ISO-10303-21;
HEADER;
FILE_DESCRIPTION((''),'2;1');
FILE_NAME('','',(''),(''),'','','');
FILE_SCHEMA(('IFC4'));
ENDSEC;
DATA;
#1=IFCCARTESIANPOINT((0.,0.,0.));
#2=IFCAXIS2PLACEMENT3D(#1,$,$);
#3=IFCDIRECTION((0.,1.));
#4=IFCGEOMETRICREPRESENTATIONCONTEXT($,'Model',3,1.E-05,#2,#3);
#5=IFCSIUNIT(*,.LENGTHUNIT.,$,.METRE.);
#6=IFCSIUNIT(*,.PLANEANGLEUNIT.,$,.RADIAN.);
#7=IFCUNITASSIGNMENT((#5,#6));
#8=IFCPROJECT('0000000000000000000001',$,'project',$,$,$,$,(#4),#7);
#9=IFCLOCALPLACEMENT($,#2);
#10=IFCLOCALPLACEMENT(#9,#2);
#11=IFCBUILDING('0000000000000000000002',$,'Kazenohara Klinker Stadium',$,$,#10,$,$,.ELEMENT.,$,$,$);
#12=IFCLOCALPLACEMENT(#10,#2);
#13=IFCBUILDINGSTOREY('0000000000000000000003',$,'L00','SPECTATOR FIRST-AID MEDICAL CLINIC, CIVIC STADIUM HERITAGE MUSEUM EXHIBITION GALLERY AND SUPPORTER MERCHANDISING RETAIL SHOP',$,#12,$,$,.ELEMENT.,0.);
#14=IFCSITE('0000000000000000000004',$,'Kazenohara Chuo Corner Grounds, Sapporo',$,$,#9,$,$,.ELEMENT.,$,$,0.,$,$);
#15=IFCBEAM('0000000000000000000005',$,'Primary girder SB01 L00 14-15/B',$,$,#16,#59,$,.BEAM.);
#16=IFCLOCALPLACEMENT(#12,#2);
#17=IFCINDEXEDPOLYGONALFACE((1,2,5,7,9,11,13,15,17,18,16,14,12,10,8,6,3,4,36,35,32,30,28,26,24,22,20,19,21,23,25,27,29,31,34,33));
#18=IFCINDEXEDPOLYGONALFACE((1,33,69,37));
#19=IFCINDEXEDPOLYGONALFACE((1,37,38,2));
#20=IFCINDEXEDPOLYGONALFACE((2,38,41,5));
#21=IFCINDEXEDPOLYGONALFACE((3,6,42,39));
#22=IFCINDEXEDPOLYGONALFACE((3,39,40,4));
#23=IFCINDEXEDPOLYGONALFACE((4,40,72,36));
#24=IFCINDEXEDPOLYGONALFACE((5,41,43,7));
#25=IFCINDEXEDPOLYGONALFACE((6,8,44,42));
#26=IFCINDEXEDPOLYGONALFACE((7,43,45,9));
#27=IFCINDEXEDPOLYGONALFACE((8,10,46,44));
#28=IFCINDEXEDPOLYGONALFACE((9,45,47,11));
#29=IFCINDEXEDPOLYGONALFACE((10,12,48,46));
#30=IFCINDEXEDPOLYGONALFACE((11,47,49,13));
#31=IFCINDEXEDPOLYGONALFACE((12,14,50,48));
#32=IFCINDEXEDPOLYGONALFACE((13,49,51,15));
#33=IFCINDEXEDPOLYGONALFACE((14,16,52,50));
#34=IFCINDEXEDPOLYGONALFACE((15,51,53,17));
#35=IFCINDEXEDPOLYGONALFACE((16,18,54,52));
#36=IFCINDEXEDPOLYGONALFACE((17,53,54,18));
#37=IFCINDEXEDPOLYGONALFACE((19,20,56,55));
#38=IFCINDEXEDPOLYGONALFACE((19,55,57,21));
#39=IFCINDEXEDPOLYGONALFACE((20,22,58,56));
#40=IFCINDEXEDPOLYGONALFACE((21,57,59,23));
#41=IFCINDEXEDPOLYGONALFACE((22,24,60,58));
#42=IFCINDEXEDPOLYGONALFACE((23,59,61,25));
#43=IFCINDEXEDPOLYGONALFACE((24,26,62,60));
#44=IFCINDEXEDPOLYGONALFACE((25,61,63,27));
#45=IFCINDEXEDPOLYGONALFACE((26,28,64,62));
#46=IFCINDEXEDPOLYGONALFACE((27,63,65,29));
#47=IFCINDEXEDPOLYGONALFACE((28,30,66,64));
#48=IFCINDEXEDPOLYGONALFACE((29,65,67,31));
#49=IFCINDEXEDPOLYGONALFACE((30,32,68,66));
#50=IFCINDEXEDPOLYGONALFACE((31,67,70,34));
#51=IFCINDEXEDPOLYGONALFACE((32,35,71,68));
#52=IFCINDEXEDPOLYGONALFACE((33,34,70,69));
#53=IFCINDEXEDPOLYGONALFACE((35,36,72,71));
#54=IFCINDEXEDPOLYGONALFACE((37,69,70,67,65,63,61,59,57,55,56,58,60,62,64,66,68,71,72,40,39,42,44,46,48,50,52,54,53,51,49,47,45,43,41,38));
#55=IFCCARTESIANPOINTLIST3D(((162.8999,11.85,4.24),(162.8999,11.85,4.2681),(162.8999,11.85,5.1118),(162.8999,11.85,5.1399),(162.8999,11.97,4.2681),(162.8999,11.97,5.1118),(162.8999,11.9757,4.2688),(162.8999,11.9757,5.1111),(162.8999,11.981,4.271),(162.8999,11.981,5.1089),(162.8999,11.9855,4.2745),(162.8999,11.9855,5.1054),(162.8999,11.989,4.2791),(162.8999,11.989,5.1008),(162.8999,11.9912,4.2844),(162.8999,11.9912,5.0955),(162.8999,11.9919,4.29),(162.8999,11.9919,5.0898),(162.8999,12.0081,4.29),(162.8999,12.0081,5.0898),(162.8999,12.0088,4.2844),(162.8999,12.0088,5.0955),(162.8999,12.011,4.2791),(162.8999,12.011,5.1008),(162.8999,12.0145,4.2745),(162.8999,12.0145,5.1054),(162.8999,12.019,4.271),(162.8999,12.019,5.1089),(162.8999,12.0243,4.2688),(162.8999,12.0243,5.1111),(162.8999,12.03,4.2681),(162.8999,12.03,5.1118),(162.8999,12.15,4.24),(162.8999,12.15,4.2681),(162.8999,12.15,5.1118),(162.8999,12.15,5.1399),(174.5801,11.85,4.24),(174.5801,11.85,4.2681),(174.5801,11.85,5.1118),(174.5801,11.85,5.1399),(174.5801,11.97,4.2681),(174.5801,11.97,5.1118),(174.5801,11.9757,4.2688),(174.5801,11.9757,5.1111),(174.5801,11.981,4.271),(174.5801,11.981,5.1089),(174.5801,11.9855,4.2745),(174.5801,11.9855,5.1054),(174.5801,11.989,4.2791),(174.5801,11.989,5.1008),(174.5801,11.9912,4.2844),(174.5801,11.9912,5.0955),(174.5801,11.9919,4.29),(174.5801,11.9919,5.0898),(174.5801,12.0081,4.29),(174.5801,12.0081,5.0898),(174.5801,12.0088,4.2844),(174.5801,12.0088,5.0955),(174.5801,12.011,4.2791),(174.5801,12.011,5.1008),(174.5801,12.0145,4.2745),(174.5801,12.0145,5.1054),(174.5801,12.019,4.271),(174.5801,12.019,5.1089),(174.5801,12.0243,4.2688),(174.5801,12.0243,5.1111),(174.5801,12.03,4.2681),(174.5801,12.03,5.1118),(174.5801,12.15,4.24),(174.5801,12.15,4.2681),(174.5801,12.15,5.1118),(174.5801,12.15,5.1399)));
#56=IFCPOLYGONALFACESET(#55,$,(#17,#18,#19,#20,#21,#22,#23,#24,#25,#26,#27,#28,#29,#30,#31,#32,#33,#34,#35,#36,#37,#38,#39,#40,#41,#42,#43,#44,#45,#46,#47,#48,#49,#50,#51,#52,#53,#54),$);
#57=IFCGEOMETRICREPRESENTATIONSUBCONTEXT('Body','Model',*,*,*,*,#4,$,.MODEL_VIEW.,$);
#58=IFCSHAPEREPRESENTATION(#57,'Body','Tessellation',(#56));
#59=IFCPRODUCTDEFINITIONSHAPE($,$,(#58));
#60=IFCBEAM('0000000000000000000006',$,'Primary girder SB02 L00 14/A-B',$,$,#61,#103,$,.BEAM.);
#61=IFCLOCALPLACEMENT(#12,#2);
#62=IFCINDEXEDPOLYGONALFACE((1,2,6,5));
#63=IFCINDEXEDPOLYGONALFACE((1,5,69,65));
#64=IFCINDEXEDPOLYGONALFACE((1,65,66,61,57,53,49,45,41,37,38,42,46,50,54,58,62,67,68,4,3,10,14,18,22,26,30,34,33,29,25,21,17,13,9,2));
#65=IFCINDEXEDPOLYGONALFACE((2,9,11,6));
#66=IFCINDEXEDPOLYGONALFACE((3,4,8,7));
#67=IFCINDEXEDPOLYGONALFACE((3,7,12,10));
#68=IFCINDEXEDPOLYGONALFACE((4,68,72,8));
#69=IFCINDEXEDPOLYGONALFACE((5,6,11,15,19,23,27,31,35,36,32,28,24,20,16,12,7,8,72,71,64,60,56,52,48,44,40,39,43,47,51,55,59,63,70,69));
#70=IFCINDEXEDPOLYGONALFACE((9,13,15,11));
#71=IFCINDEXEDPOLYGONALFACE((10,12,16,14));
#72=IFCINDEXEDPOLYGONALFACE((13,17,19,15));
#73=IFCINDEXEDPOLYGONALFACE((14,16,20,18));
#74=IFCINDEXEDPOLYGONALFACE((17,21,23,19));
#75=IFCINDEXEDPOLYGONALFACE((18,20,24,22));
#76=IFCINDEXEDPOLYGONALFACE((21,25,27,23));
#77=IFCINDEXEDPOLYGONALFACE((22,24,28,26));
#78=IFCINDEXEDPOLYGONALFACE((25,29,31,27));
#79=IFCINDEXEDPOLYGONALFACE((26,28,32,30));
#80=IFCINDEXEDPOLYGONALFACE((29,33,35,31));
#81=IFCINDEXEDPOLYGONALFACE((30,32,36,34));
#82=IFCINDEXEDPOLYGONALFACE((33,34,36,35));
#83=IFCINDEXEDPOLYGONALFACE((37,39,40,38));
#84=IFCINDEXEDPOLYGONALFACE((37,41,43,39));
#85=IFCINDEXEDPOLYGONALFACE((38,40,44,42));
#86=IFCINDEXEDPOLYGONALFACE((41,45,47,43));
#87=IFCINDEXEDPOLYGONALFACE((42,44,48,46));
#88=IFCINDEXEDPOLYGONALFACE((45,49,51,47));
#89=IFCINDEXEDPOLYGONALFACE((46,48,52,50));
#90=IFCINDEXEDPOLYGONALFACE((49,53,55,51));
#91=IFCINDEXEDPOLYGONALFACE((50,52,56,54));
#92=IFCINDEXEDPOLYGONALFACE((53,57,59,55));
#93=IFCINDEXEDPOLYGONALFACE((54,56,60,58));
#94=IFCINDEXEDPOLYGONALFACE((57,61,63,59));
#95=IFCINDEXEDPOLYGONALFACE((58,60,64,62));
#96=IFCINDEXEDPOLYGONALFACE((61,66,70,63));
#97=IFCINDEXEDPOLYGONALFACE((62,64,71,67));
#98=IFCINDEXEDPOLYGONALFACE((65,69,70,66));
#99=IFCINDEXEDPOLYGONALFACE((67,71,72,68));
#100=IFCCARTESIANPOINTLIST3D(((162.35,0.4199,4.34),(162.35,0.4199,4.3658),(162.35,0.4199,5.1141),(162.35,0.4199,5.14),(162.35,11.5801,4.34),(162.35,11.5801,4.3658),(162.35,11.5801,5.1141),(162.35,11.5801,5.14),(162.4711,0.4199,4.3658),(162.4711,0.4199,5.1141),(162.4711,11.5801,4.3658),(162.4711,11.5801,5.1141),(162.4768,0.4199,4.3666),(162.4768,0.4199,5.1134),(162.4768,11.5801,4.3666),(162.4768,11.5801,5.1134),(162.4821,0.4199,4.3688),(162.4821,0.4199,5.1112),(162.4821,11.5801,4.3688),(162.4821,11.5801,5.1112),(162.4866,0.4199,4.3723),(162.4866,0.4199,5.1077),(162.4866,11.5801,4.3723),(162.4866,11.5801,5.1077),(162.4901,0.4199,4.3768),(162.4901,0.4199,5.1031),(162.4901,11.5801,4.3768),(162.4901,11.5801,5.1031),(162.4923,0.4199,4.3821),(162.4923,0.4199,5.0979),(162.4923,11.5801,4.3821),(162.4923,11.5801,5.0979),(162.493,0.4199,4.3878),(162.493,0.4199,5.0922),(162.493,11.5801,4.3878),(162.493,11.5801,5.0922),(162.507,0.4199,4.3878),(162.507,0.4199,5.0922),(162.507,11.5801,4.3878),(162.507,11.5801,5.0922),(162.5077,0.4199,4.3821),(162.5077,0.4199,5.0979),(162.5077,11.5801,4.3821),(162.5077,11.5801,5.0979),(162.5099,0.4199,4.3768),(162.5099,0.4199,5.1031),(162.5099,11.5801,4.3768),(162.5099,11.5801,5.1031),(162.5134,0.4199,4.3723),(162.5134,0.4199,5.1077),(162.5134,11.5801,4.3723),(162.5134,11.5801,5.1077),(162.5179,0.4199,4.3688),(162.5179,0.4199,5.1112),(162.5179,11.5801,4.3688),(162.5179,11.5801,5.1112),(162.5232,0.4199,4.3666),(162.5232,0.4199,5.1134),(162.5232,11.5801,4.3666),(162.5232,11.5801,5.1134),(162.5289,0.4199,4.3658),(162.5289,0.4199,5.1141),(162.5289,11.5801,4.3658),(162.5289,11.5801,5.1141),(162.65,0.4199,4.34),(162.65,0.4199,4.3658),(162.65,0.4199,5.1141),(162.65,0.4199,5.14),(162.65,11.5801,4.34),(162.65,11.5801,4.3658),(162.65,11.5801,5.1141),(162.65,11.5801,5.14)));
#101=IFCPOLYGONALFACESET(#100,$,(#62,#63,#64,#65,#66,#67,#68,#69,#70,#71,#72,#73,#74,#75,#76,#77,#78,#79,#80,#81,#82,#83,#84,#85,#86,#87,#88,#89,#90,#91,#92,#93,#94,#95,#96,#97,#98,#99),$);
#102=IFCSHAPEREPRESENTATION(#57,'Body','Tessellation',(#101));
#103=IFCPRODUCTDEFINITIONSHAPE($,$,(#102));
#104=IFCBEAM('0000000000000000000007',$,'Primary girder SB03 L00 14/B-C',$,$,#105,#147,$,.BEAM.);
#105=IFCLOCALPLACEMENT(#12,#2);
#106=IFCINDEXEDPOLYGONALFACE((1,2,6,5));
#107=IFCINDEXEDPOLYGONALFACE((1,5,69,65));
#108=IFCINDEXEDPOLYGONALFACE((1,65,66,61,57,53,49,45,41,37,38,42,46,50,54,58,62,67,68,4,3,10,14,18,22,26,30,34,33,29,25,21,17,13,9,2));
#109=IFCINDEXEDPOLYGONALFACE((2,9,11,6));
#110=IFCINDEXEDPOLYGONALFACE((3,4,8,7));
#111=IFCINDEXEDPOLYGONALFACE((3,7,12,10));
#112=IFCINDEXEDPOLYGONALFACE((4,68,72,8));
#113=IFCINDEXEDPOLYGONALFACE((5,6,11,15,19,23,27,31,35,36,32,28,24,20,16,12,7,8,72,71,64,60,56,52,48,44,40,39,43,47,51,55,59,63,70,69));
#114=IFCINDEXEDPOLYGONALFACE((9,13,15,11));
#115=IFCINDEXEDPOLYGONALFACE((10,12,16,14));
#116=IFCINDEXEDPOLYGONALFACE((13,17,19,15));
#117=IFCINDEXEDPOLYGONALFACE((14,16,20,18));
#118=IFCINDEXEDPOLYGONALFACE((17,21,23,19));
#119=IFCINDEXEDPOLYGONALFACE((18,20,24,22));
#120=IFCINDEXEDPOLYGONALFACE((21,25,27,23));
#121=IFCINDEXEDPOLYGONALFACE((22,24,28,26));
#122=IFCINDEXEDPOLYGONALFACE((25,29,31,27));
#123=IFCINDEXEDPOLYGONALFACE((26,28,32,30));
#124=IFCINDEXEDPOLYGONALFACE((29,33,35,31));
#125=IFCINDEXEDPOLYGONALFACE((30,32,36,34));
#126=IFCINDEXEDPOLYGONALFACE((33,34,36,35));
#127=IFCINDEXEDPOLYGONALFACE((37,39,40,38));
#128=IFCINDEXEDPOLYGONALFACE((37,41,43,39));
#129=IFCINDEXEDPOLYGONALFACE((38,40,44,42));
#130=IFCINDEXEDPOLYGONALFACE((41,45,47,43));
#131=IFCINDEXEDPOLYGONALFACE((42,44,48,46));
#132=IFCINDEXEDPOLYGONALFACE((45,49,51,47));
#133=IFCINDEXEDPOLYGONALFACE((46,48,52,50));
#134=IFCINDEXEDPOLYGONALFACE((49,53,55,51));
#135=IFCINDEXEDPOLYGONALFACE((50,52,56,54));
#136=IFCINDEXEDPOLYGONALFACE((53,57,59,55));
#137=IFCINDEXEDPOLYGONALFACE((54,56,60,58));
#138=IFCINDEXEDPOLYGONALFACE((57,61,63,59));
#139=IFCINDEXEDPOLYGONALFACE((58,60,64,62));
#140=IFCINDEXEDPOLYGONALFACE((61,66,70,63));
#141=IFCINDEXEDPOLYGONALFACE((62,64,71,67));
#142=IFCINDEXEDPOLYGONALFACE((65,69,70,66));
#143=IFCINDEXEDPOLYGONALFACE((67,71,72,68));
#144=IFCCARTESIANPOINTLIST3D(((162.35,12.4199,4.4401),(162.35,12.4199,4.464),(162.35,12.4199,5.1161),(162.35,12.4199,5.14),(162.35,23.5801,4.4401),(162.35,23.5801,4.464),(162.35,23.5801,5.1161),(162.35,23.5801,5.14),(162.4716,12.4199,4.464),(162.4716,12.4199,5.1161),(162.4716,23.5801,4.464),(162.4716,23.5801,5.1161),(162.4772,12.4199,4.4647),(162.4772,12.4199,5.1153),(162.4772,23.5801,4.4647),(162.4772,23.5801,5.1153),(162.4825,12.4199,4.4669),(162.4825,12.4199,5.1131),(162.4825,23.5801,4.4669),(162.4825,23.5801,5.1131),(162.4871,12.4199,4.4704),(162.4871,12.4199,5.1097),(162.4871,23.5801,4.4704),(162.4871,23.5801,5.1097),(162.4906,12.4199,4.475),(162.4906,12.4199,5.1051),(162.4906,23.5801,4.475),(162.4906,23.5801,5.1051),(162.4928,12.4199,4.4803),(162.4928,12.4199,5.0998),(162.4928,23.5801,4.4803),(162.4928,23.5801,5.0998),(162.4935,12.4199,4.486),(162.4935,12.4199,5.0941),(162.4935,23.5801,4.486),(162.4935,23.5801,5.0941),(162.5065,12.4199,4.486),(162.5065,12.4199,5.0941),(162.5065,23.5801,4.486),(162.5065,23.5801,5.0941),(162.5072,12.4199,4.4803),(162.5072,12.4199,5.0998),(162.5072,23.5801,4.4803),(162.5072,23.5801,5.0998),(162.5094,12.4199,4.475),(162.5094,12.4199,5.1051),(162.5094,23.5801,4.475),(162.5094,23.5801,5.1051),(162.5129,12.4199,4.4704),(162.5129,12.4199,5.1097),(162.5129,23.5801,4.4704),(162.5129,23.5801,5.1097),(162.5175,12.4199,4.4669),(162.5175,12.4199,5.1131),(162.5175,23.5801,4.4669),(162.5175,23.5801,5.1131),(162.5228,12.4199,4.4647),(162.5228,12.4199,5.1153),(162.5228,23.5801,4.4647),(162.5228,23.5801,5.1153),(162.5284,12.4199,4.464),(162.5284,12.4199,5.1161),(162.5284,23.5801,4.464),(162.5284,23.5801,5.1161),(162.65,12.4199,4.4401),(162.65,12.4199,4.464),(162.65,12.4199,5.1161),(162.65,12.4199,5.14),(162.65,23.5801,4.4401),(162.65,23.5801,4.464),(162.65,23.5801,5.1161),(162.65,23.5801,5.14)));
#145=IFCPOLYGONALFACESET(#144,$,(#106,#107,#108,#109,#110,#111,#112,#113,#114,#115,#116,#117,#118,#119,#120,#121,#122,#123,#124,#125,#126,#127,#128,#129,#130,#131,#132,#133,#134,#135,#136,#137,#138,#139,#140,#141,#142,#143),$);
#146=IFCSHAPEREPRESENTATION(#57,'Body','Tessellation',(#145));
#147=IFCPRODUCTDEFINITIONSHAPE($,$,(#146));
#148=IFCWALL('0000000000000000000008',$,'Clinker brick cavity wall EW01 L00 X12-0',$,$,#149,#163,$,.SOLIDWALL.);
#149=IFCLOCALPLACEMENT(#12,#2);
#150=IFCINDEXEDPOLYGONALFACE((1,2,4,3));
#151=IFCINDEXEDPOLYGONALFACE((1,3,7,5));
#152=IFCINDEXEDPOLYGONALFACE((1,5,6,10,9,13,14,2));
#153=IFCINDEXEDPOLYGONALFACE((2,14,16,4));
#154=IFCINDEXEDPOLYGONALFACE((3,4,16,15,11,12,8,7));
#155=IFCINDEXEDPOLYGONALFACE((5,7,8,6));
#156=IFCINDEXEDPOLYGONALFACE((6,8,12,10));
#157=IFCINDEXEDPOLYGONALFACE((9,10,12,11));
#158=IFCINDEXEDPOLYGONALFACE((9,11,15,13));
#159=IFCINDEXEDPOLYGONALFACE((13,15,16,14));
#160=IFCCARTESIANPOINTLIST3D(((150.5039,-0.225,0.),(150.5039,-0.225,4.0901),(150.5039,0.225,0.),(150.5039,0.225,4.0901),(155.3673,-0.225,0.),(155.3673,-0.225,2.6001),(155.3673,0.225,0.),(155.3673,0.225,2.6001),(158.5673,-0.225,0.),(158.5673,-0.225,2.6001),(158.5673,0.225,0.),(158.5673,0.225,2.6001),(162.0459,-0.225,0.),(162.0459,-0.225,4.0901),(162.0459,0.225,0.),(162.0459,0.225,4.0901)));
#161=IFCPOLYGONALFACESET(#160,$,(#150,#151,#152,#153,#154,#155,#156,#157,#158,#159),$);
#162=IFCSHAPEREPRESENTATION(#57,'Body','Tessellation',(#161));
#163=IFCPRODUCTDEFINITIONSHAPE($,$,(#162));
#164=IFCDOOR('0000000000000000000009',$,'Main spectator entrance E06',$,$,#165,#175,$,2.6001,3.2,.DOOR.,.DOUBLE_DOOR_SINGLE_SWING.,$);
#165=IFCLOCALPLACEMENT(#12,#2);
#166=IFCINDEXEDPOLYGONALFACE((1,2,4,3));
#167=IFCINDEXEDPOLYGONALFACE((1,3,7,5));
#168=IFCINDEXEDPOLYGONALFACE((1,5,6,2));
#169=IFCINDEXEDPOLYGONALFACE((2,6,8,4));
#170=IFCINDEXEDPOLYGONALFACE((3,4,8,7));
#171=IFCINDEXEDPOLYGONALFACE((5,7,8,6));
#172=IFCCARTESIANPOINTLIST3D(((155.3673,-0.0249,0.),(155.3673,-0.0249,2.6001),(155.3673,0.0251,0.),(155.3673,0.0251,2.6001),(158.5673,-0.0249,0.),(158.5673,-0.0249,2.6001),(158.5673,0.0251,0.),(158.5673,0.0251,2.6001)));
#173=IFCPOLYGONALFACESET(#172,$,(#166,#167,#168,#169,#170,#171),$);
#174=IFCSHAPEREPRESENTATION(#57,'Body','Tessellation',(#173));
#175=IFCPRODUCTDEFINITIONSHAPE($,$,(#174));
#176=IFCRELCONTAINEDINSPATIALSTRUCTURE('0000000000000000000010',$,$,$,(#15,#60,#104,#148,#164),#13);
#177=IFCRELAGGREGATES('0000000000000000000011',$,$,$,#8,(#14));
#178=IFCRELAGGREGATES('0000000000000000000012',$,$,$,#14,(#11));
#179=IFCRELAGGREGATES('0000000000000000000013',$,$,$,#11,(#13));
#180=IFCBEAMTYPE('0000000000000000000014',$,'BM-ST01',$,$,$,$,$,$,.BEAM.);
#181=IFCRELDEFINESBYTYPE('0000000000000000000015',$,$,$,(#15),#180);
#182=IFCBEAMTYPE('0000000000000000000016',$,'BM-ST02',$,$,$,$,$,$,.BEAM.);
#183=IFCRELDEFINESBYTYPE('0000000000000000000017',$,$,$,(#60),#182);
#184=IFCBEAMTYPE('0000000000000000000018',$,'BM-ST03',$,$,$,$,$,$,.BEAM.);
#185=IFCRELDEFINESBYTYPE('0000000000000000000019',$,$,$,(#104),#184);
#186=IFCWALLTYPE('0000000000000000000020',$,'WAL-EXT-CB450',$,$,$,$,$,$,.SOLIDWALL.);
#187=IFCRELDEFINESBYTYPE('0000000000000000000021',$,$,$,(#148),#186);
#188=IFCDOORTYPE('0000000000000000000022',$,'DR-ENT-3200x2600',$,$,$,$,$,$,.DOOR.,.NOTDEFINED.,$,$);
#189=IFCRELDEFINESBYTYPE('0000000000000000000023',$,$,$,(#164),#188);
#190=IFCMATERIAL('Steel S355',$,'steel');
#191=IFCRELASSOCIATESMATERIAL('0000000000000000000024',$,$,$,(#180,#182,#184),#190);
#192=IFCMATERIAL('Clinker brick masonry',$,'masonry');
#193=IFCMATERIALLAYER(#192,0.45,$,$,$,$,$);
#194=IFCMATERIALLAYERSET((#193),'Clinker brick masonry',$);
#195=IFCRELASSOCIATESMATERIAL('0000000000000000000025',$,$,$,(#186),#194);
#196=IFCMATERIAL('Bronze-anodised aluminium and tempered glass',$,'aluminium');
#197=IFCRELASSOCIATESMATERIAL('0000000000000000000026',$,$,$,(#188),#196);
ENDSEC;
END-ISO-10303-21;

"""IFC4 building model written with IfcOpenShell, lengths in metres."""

from ifc_helpers import new_model, si_unit, direction, frame, frame_2d, origin, origin_2d, place, context, subcontext, project, spatial, rectangle, i_section, extrude, material, layer, layer_set, material_profile, profile_set, type_object, element, fill, save


model = new_model("IFC4")

# Units and contexts
model_context = context("Model", 3, precision=1e-05, world=origin(), true_north=direction((0.0, 1.0)))
body_context = subcontext(model_context, "Body", "Model", "MODEL_VIEW")
ifc_project = project(units=[si_unit("LENGTHUNIT", "METRE"), si_unit("PLANEANGLEUNIT", "RADIAN")], contexts=[model_context])

# Site, building, storey
site_placement = place(None, origin())
site = spatial("IfcSite", under=ifc_project, at=site_placement, Name="Kazenohara Chuo Corner Grounds, Sapporo", CompositionType="ELEMENT", RefElevation=0.0)
building_placement = place(site_placement, origin())
building = spatial("IfcBuilding", under=site, at=building_placement, Name="Kazenohara Klinker Stadium", CompositionType="ELEMENT")
storey_placement = place(building_placement, origin())
storey = spatial("IfcBuildingStorey", under=building, at=storey_placement, Name="L00", Description="SPECTATOR FIRST-AID MEDICAL CLINIC, CIVIC STADIUM HERITAGE MUSEUM EXHIBITION GALLERY AND SUPPORTER MERCHANDISING RETAIL SHOP", CompositionType="ELEMENT", Elevation=0.0)

# Beams
ifc_material_1 = material(Name="Steel S355", Category="steel")
ifc_material_profile_1 = material_profile(ifc_material_1, i_section(OverallWidth=0.3, OverallDepth=0.8999, WebThickness=0.0161, FlangeThickness=0.0281, FilletRadius=0.022, at=origin_2d()), Name="H-900x300x16x28")
ifc_profile_set_1 = profile_set([ifc_material_profile_1], Name="Steel S355")
beam_type_1 = type_object("IfcBeamType", Name="BM-ST01", PredefinedType="BEAM", material=ifc_profile_set_1)
beam_1_placement = place(storey_placement, frame((162.8999, 12.0, 4.6899), z_axis=(1.0, 0.0, 0.0), x_axis=(0.0, 1.0, 0.0)))
element("IfcBeam", 1, at=beam_1_placement, inside=storey, type_object=beam_type_1, Name="Primary girder SB01 L00 14-15/B", PredefinedType="BEAM", context=body_context, shape_type="SweptSolid", body=[
    extrude(i_section(OverallWidth=0.3, OverallDepth=0.8999, WebThickness=0.0161, FlangeThickness=0.0281, FilletRadius=0.022, at=origin_2d()), origin(), (0.0, 0.0, 1.0), 11.6802),
])
ifc_material_profile_2 = material_profile(ifc_material_1, i_section(OverallWidth=0.3, OverallDepth=0.8, WebThickness=0.0139, FlangeThickness=0.0259, FilletRadius=0.022, at=origin_2d()), Name="H-800x300x14x26")
ifc_profile_set_2 = profile_set([ifc_material_profile_2], Name="Steel S355")
beam_type_2 = type_object("IfcBeamType", Name="BM-ST02", PredefinedType="BEAM", material=ifc_profile_set_2)
beam_2_placement = place(storey_placement, frame((162.5, 0.4199, 4.74), z_axis=(0.0, 1.0, 0.0), x_axis=(-1.0, 0.0, 0.0)))
element("IfcBeam", 2, at=beam_2_placement, inside=storey, type_object=beam_type_2, Name="Primary girder SB02 L00 14/A-B", PredefinedType="BEAM", context=body_context, shape_type="SweptSolid", body=[
    extrude(i_section(OverallWidth=0.3, OverallDepth=0.8, WebThickness=0.0139, FlangeThickness=0.0259, FilletRadius=0.022, at=origin_2d()), origin(), (0.0, 0.0, 1.0), 11.1602),
])
ifc_material_profile_3 = material_profile(ifc_material_1, i_section(OverallWidth=0.3, OverallDepth=0.7, WebThickness=0.0129, FlangeThickness=0.0239, FilletRadius=0.022, at=origin_2d()), Name="H-700x300x13x24")
ifc_profile_set_3 = profile_set([ifc_material_profile_3], Name="Steel S355")
beam_type_3 = type_object("IfcBeamType", Name="BM-ST03", PredefinedType="BEAM", material=ifc_profile_set_3)
beam_3_placement = place(storey_placement, frame((162.5, 12.4199, 4.79), z_axis=(0.0, 1.0, 0.0), x_axis=(-1.0, 0.0, 0.0)))
element("IfcBeam", 3, at=beam_3_placement, inside=storey, type_object=beam_type_3, Name="Primary girder SB03 L00 14/B-C", PredefinedType="BEAM", context=body_context, shape_type="SweptSolid", body=[
    extrude(i_section(OverallWidth=0.3, OverallDepth=0.7, WebThickness=0.0129, FlangeThickness=0.0239, FilletRadius=0.022, at=origin_2d()), origin(), (0.0, 0.0, 1.0), 11.1602),
])

# Wall, opening, door
ifc_material_2 = material(Name="Clinker brick masonry", Category="masonry")
ifc_layer_1 = layer(ifc_material_2, 0.45)
ifc_layer_set_1 = layer_set([ifc_layer_1], Name="Clinker brick masonry")
wall_type_1 = type_object("IfcWallType", Name="WAL-EXT-CB450", PredefinedType="SOLIDWALL", material=ifc_layer_set_1)
wall_1_placement = place(storey_placement, frame((150.5039, 0.0, 0.0), z_axis=(0.0, 0.0, 1.0), x_axis=(1.0, 0.0, 0.0)))
wall_1 = element("IfcWall", 4, at=wall_1_placement, inside=storey, type_object=wall_type_1, Name="Clinker brick cavity wall EW01 L00 X12-0", PredefinedType="SOLIDWALL", context=body_context, shape_type="SweptSolid", body=[
    extrude(rectangle(XDim=11.542, YDim=0.45, at=frame_2d((5.771, 0.0))), origin(), (0.0, 0.0, 1.0), 4.0901),
])
opening_1_placement = place(wall_1_placement, frame((8.0635, 0.0, 0.0), z_axis=(0.0, 0.0, 1.0), x_axis=(-1.0, 0.0, 0.0)))
opening_1 = element("IfcOpeningElement", 5, at=opening_1_placement, cuts=wall_1, PredefinedType="OPENING", context=body_context, shape_type="SweptSolid", body=[
    extrude(rectangle(XDim=3.2, YDim=2.6001, at=frame_2d((1.6001, 1.3))), frame((0.0, 0.2349, 0.0), z_axis=(0.0, -1.0, 0.0), x_axis=(1.0, 0.0, 0.0)), (0.0, 0.0, 1.0), 0.47),
])
ifc_material_3 = material(Name="Bronze-anodised aluminium and tempered glass", Category="aluminium")
door_type_1 = type_object("IfcDoorType", Name="DR-ENT-3200x2600", OperationType="NOTDEFINED", PredefinedType="DOOR", material=ifc_material_3)
door_1_placement = place(opening_1_placement, origin())
door_1 = element("IfcDoor", 6, at=door_1_placement, inside=storey, type_object=door_type_1, Name="Main spectator entrance E06", OperationType="DOUBLE_DOOR_SINGLE_SWING", OverallHeight=2.6001, OverallWidth=3.2, PredefinedType="DOOR", context=body_context, shape_type="SweptSolid", body=[
    extrude(rectangle(XDim=3.2, YDim=2.6001, at=frame_2d((1.6001, 1.3))), frame((0.0, 0.0249, 0.0), z_axis=(0.0, -1.0, 0.0), x_axis=(1.0, 0.0, 0.0)), (0.0, 0.0, 1.0), 0.05),
])
fill(opening_1, door_1)

save(model, "model.ifc")
